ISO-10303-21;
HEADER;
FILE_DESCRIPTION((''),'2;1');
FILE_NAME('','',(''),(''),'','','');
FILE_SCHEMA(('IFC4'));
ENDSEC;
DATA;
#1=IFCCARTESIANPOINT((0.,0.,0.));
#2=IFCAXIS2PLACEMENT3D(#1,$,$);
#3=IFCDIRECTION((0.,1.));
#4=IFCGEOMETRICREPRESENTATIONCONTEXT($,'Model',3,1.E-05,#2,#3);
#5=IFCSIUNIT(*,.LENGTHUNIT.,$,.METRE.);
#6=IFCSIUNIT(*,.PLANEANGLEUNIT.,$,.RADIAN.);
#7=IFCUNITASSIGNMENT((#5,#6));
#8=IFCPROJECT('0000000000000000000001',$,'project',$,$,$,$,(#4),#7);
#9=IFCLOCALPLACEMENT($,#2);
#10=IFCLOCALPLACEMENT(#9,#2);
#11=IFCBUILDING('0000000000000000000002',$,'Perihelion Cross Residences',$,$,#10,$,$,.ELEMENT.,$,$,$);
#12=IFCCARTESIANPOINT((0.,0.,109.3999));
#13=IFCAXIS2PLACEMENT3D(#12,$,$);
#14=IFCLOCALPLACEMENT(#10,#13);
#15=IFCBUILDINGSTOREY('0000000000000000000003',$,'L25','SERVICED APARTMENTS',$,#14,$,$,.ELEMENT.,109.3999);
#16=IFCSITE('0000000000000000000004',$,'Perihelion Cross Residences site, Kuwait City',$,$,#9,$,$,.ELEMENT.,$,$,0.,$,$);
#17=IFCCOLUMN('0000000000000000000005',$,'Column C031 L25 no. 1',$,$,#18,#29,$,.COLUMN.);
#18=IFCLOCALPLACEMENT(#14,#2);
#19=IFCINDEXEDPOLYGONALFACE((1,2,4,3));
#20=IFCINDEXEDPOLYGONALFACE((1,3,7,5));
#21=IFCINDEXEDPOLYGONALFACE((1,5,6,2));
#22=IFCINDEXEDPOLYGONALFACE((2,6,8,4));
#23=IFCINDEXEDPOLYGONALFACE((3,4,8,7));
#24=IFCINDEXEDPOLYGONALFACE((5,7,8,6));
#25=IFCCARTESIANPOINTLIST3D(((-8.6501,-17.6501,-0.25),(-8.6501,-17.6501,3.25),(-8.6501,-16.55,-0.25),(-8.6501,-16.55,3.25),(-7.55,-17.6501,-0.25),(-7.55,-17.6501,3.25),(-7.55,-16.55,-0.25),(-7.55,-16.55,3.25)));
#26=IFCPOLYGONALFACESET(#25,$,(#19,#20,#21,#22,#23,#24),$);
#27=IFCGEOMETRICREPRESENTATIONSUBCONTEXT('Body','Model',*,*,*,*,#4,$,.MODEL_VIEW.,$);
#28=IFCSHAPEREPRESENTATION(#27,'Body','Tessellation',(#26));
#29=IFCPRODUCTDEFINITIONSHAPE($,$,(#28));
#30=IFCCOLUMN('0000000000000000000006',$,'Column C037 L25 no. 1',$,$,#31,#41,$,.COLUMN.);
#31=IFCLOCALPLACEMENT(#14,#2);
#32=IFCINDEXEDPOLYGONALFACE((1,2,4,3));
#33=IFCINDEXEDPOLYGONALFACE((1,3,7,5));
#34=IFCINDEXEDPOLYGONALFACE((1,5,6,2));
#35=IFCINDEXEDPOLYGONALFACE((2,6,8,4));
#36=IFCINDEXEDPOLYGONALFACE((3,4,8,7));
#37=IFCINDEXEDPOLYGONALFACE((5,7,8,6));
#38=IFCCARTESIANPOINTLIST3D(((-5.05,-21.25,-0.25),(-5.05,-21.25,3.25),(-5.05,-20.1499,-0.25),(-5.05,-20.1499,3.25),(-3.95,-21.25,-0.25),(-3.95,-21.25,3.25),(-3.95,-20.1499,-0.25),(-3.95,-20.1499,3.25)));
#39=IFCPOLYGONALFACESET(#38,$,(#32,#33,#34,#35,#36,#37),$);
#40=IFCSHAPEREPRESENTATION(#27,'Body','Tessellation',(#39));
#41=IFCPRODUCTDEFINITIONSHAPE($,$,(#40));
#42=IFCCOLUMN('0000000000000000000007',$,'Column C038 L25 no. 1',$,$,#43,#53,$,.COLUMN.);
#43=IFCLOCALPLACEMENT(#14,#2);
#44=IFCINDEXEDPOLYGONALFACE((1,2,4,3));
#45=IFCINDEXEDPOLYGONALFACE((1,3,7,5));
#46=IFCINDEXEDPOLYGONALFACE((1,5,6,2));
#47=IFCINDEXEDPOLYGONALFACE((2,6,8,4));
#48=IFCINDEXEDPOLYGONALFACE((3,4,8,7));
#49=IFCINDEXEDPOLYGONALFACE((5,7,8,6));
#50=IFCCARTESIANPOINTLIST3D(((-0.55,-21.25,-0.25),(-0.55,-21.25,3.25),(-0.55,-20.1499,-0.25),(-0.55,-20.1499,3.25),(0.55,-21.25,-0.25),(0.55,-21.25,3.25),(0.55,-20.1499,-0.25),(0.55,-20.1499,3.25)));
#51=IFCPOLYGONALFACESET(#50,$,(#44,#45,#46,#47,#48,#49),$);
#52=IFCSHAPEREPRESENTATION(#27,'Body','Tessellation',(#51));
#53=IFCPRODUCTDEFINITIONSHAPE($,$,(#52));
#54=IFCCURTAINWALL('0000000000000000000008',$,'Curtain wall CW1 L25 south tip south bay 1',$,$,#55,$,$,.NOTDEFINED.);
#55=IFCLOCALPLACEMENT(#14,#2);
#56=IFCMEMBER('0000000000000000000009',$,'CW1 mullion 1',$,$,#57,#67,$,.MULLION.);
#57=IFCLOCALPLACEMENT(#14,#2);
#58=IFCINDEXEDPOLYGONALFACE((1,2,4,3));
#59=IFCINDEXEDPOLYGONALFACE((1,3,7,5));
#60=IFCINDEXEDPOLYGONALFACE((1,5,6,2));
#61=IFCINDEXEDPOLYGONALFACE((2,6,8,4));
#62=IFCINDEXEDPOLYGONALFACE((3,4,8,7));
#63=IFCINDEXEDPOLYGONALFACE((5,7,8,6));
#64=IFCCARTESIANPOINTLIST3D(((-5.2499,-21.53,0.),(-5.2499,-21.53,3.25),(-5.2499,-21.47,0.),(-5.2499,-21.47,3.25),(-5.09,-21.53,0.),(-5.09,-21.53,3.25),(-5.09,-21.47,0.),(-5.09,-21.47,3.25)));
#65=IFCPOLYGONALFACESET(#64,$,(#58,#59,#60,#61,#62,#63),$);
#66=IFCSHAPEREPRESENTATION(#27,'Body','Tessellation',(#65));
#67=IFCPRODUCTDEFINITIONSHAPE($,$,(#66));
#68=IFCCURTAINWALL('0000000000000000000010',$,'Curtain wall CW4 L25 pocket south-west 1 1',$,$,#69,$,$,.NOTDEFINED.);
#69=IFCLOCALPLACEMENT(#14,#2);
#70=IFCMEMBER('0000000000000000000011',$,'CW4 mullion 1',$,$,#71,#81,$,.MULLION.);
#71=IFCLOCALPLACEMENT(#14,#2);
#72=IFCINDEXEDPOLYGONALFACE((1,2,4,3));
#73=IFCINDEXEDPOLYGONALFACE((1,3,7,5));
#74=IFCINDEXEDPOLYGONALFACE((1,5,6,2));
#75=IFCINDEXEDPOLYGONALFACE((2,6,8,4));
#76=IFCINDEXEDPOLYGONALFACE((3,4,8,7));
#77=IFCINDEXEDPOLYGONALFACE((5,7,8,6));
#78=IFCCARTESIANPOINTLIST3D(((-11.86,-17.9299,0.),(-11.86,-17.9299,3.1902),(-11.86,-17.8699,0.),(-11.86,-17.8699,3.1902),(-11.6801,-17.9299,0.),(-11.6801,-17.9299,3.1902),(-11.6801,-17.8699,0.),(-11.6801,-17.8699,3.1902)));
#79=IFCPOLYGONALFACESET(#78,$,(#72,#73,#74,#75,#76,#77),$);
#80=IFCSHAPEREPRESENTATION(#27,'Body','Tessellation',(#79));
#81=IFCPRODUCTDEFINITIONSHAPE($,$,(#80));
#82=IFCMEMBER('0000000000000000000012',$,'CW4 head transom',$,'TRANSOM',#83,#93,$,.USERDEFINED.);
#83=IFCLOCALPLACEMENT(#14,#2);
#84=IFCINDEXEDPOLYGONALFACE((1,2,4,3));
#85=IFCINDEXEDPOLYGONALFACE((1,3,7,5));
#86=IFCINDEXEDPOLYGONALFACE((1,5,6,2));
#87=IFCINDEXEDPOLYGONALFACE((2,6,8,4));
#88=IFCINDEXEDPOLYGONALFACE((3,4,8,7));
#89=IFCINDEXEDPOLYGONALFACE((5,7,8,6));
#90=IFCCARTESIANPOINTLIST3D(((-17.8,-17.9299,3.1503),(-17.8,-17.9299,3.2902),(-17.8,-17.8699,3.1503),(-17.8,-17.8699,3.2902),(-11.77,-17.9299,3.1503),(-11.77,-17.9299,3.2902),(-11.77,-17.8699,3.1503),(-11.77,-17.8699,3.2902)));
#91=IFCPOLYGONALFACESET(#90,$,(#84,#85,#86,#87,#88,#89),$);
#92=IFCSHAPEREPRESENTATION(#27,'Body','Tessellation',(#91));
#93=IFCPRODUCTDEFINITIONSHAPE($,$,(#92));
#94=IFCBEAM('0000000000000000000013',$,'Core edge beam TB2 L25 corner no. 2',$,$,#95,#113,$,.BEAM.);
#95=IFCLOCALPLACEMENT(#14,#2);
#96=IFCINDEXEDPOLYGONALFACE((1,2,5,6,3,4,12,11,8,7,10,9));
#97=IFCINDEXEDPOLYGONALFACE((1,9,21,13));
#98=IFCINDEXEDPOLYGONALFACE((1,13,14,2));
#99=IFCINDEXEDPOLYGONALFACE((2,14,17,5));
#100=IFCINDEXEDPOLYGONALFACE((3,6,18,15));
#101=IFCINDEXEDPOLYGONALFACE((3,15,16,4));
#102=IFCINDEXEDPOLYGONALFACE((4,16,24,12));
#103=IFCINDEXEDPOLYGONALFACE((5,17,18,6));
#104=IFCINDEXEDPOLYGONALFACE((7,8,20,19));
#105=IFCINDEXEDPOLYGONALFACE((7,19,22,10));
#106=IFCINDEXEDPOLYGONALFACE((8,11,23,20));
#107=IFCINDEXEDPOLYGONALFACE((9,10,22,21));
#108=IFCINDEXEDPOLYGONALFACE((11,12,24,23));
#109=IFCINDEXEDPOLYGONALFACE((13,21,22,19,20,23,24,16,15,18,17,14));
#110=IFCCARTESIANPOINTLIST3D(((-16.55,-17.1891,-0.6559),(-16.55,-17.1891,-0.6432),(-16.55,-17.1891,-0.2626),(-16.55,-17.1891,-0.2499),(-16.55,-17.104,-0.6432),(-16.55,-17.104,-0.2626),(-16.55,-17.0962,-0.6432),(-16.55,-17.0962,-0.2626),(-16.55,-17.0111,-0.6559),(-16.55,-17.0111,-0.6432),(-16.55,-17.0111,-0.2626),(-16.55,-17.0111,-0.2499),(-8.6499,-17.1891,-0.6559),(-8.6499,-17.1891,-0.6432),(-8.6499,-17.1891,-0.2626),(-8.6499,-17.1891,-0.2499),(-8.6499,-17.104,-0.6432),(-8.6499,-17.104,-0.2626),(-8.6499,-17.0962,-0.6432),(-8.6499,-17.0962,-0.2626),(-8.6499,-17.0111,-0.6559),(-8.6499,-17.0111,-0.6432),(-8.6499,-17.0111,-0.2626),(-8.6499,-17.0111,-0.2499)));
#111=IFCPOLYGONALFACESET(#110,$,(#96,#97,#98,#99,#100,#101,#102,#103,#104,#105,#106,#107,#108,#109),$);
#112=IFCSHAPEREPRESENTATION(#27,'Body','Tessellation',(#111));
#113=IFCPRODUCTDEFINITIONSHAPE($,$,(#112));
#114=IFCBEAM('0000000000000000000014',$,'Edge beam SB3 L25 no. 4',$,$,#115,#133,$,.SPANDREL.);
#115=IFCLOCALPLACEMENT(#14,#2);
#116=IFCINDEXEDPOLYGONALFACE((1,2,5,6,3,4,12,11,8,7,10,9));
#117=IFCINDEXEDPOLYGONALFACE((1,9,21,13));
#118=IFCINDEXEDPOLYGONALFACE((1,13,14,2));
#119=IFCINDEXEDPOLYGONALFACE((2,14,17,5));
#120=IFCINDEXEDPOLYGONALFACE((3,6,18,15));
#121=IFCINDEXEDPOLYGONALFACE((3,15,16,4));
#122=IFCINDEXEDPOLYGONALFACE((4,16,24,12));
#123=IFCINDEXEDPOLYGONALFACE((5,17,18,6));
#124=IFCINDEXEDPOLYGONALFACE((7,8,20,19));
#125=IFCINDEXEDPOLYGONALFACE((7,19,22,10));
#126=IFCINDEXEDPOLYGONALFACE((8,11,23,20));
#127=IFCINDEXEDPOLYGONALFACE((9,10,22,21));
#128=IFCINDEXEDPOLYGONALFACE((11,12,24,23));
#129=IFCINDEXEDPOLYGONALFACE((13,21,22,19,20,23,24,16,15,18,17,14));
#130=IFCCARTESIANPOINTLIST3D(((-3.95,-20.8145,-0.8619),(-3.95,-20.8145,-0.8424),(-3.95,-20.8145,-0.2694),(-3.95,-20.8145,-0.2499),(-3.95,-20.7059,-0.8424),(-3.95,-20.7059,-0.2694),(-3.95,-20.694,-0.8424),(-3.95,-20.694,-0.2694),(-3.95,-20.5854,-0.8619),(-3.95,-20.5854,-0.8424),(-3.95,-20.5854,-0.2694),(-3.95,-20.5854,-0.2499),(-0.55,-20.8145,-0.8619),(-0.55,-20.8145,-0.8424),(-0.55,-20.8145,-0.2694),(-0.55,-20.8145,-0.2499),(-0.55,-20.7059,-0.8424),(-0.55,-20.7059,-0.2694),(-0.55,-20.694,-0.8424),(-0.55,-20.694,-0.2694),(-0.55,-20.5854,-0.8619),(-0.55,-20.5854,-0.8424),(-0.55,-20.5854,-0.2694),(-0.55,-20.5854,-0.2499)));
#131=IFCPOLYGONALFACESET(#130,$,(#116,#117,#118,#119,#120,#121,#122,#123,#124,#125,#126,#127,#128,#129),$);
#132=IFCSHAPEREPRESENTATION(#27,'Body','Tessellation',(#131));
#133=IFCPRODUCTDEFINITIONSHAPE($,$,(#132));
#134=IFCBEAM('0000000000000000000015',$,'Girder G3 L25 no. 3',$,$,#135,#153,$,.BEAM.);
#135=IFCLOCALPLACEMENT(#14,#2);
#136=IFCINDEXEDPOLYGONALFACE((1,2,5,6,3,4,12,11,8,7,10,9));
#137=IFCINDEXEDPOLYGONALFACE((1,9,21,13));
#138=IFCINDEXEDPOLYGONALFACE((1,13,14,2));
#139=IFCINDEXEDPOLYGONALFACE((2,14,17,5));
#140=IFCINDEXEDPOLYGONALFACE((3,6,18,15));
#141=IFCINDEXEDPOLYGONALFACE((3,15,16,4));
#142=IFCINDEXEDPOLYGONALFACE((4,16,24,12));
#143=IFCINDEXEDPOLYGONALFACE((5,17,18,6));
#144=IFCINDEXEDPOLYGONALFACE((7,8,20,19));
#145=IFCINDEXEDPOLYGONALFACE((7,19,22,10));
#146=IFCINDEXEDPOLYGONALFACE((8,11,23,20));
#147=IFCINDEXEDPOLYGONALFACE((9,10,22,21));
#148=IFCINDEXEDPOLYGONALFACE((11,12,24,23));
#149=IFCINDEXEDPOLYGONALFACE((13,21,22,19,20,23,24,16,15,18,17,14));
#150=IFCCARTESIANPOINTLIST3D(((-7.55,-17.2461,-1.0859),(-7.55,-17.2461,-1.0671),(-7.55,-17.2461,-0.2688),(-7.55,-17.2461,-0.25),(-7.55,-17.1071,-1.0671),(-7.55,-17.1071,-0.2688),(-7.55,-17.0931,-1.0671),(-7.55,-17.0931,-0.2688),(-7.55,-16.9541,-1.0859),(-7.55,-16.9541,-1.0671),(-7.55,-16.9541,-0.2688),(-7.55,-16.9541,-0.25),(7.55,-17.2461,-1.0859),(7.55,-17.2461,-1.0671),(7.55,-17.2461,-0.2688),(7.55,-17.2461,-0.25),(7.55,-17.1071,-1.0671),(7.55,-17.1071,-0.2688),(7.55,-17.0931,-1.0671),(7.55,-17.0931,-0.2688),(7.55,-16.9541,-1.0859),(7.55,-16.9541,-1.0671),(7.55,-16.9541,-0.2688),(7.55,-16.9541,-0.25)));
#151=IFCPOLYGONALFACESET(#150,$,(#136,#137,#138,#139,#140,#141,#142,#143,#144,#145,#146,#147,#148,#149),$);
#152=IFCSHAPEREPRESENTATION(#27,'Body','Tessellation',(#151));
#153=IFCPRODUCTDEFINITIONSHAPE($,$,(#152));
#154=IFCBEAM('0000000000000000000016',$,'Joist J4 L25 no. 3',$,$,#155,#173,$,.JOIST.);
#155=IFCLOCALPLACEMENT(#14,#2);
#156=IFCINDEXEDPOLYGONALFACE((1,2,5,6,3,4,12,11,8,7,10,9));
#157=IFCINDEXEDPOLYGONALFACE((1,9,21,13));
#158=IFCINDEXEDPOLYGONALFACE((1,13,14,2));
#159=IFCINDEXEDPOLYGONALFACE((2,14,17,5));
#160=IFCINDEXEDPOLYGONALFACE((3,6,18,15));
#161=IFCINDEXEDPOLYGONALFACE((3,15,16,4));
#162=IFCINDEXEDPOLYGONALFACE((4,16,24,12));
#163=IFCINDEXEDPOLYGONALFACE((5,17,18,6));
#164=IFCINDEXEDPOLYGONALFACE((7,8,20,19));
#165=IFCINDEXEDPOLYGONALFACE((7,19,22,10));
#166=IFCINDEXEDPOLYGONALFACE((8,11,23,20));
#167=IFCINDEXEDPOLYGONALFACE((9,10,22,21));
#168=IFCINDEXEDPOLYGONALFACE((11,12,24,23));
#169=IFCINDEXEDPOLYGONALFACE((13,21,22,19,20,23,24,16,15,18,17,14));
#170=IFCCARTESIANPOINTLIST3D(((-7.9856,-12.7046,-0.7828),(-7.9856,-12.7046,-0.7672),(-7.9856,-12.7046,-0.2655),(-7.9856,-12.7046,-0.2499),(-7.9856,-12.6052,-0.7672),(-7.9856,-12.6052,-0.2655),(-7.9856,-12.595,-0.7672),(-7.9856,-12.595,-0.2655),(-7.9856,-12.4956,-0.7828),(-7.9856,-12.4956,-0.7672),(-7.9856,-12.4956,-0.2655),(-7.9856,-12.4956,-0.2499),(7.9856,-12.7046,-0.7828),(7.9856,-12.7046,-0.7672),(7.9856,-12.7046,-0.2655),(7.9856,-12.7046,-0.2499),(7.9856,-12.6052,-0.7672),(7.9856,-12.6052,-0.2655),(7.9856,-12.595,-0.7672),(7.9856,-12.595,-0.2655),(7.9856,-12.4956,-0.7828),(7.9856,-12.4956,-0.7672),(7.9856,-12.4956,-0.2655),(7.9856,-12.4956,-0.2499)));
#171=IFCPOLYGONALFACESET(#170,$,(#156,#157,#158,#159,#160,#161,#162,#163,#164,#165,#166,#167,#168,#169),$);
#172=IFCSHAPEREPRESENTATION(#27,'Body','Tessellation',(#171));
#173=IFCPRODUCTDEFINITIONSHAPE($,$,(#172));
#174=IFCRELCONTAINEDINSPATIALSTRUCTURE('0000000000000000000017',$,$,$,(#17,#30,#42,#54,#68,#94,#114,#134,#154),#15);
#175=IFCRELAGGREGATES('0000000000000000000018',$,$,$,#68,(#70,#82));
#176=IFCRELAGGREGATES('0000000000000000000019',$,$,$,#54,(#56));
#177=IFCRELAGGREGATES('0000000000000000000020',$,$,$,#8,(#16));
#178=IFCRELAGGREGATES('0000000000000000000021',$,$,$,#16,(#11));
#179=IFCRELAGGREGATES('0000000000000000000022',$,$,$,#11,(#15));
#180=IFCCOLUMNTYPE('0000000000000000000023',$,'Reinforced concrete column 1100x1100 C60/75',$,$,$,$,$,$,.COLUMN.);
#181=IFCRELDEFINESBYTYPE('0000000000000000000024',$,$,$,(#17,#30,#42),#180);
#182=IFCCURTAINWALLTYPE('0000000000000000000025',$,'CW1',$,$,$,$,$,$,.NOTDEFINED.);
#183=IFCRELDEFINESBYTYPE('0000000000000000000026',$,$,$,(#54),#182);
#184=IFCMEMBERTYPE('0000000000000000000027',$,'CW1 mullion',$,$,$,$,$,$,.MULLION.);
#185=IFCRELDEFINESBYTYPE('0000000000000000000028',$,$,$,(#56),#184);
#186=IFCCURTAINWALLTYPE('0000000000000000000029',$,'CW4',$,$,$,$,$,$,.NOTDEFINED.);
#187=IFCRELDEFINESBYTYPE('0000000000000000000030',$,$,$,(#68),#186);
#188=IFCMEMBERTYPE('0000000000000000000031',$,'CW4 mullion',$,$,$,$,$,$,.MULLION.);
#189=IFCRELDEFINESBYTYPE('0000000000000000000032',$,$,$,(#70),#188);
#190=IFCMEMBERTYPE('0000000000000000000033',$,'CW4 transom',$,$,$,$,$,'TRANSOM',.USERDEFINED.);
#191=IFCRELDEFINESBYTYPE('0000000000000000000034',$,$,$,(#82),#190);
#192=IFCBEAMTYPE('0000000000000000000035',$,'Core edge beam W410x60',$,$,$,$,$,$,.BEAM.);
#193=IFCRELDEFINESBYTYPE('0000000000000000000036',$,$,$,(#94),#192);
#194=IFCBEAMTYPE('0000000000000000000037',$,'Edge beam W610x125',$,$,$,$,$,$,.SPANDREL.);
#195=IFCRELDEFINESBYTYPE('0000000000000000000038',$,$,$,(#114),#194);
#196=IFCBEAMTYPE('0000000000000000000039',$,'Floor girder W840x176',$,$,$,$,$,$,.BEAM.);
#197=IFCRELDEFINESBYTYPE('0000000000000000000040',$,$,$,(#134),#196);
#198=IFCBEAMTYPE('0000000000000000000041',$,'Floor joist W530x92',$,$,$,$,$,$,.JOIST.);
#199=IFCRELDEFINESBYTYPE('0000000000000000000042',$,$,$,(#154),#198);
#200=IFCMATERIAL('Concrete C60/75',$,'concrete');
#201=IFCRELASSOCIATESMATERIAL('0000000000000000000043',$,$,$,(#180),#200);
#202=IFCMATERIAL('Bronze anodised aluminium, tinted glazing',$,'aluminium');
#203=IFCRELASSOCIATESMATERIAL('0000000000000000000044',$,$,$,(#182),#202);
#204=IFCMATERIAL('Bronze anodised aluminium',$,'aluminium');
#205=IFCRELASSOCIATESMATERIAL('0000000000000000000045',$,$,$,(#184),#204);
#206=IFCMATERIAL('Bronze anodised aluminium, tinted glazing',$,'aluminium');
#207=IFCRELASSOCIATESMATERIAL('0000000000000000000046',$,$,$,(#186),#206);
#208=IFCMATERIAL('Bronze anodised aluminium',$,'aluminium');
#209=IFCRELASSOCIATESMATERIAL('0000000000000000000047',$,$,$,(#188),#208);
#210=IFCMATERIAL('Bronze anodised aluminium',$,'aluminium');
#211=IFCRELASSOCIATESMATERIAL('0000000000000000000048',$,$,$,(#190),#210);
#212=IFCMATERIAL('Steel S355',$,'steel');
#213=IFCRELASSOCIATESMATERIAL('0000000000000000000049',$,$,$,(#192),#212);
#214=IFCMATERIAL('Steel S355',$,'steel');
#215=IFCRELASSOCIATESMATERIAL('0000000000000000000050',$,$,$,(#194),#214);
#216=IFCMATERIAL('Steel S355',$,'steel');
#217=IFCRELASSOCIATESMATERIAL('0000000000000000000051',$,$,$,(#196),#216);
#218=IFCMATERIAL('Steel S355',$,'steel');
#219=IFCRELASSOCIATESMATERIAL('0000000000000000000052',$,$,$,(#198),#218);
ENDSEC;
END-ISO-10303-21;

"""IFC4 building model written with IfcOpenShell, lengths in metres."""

from ifc_helpers import new_model, si_unit, direction, frame, origin, origin_2d, place, context, subcontext, project, spatial, rectangle, i_section, extrude, material, material_profile, profile_set, type_object, element, aggregate, save


model = new_model("IFC4")

# Units and contexts
model_context = context("Model", 3, precision=1e-05, world=origin(), true_north=direction((0.0, 1.0)))
body_context = subcontext(model_context, "Body", "Model", "MODEL_VIEW")
ifc_project = project(units=[si_unit("LENGTHUNIT", "METRE"), si_unit("PLANEANGLEUNIT", "RADIAN")], contexts=[model_context])

# Site, building, storey
site_placement = place(None, origin())
site = spatial("IfcSite", under=ifc_project, at=site_placement, Name="Perihelion Cross Residences site, Kuwait City", CompositionType="ELEMENT", RefElevation=0.0)
building_placement = place(site_placement, origin())
building = spatial("IfcBuilding", under=site, at=building_placement, Name="Perihelion Cross Residences", CompositionType="ELEMENT")
storey_placement = place(building_placement, frame((0.0, 0.0, 109.3999)))
storey = spatial("IfcBuildingStorey", under=building, at=storey_placement, Name="L25", Description="SERVICED APARTMENTS", CompositionType="ELEMENT", Elevation=109.3999)

# Columns
ifc_material_1 = material(Name="Concrete C60/75", Category="concrete")
ifc_material_profile_1 = material_profile(ifc_material_1, rectangle(XDim=1.1001, YDim=1.1001, at=origin_2d()), Name="RC 1100x1100")
ifc_profile_set_1 = profile_set([ifc_material_profile_1], Name="Concrete C60/75")
column_type = type_object("IfcColumnType", Name="Reinforced concrete column 1100x1100 C60/75", PredefinedType="COLUMN", material=ifc_profile_set_1)
for number, where, z_axis, x_axis, name in (
    (1, (-8.1001, -17.1001, -0.25), (0.0, 0.0, 1.0), (1.0, 0.0, 0.0), "Column C031 L25 no. 1"),
    (2, (-4.5, -20.7, -0.25), (0.0, 0.0, 1.0), (1.0, 0.0, 0.0), "Column C037 L25 no. 1"),
    (3, (0.0, -20.7, -0.25), (0.0, 0.0, 1.0), (1.0, 0.0, 0.0), "Column C038 L25 no. 1"),
):
    element("IfcColumn", number, at=place(storey_placement, frame(where, z_axis=z_axis, x_axis=x_axis)), inside=storey, type_object=column_type, Name=name, PredefinedType="COLUMN", context=body_context, shape_type="SweptSolid", body=[
        extrude(rectangle(XDim=1.1001, YDim=1.1001, at=origin_2d()), origin(), (0.0, 0.0, 1.0), 3.5),
    ])

# Curtain wall, member
ifc_material_2 = material(Name="Bronze anodised aluminium, tinted glazing", Category="aluminium")
curtain_wall_type_1 = type_object("IfcCurtainWallType", Name="CW1", PredefinedType="NOTDEFINED", material=ifc_material_2)
curtain_wall_1_placement = place(storey_placement, origin())
curtain_wall_1 = element("IfcCurtainWall", 4, at=curtain_wall_1_placement, inside=storey, type_object=curtain_wall_type_1, Name="Curtain wall CW1 L25 south tip south bay 1", PredefinedType="NOTDEFINED")
ifc_material_3 = material(Name="Bronze anodised aluminium", Category="aluminium")
ifc_material_profile_2 = material_profile(ifc_material_3, rectangle(XDim=0.0601, YDim=0.1599, at=origin_2d()), Name="CW1 mullion")
ifc_profile_set_2 = profile_set([ifc_material_profile_2], Name="Bronze anodised aluminium")
member_type_1 = type_object("IfcMemberType", Name="CW1 mullion", PredefinedType="MULLION", material=ifc_profile_set_2)
member_1_placement = place(storey_placement, frame((-5.1699, -21.5, 0.0), z_axis=(0.0, 0.0, 1.0), x_axis=(0.0, 1.0, 0.0)))
member_1 = element("IfcMember", 5, at=member_1_placement, type_object=member_type_1, Name="CW1 mullion 1", PredefinedType="MULLION", context=body_context, shape_type="SweptSolid", body=[
    extrude(rectangle(XDim=0.0601, YDim=0.1599, at=origin_2d()), origin(), (0.0, 0.0, 1.0), 3.25),
])

# Curtain wall, members
ifc_material_4 = material(Name="Bronze anodised aluminium, tinted glazing", Category="aluminium")
curtain_wall_type_2 = type_object("IfcCurtainWallType", Name="CW4", PredefinedType="NOTDEFINED", material=ifc_material_4)
curtain_wall_2_placement = place(storey_placement, origin())
curtain_wall_2 = element("IfcCurtainWall", 6, at=curtain_wall_2_placement, inside=storey, type_object=curtain_wall_type_2, Name="Curtain wall CW4 L25 pocket south-west 1 1", PredefinedType="NOTDEFINED")
ifc_material_5 = material(Name="Bronze anodised aluminium", Category="aluminium")
ifc_material_profile_3 = material_profile(ifc_material_5, rectangle(XDim=0.0601, YDim=0.1799, at=origin_2d()), Name="CW4 mullion")
ifc_profile_set_3 = profile_set([ifc_material_profile_3], Name="Bronze anodised aluminium")
member_type_2 = type_object("IfcMemberType", Name="CW4 mullion", PredefinedType="MULLION", material=ifc_profile_set_3)
member_2_placement = place(storey_placement, frame((-11.77, -17.8999, 0.0), z_axis=(0.0, 0.0, 1.0), x_axis=(0.0, -1.0, 0.0)))
member_2 = element("IfcMember", 7, at=member_2_placement, type_object=member_type_2, Name="CW4 mullion 1", PredefinedType="MULLION", context=body_context, shape_type="SweptSolid", body=[
    extrude(rectangle(XDim=0.0601, YDim=0.1799, at=origin_2d()), origin(), (0.0, 0.0, 1.0), 3.1902),
])
ifc_material_6 = material(Name="Bronze anodised aluminium", Category="aluminium")
ifc_material_profile_4 = material_profile(ifc_material_6, rectangle(XDim=0.0601, YDim=0.1399, at=origin_2d()), Name="CW4 transom")
ifc_profile_set_4 = profile_set([ifc_material_profile_4], Name="Bronze anodised aluminium")
member_type_3 = type_object("IfcMemberType", Name="CW4 transom", ElementType="TRANSOM", PredefinedType="USERDEFINED", material=ifc_profile_set_4)
member_3_placement = place(storey_placement, frame((-11.77, -17.8999, 3.2202), z_axis=(-1.0, 0.0, 0.0), x_axis=(0.0, -1.0, 0.0)))
member_3 = element("IfcMember", 8, at=member_3_placement, type_object=member_type_3, Name="CW4 head transom", ObjectType="TRANSOM", PredefinedType="USERDEFINED", context=body_context, shape_type="SweptSolid", body=[
    extrude(rectangle(XDim=0.0601, YDim=0.1399, at=origin_2d()), origin(), (0.0, 0.0, 1.0), 6.03),
])
aggregate(curtain_wall_2, [member_2, member_3])

# Beams
ifc_material_7 = material(Name="Steel S355", Category="steel")
ifc_material_profile_5 = material_profile(ifc_material_7, i_section(OverallWidth=0.178, OverallDepth=0.406, WebThickness=0.0078, FlangeThickness=0.0127, at=origin_2d()), Name="W410x60")
ifc_profile_set_5 = profile_set([ifc_material_profile_5], Name="Steel S355")
beam_type_1 = type_object("IfcBeamType", Name="Core edge beam W410x60", PredefinedType="BEAM", material=ifc_profile_set_5)
beam_1_placement = place(storey_placement, frame((-8.6499, -17.1001, -0.4529), z_axis=(-1.0, 0.0, 0.0), x_axis=(0.0, -1.0, 0.0)))
element("IfcBeam", 9, at=beam_1_placement, inside=storey, type_object=beam_type_1, Name="Core edge beam TB2 L25 corner no. 2", PredefinedType="BEAM", context=body_context, shape_type="SweptSolid", body=[
    extrude(i_section(OverallWidth=0.178, OverallDepth=0.406, WebThickness=0.0078, FlangeThickness=0.0127, at=origin_2d()), origin(), (0.0, 0.0, 1.0), 7.9001),
])
ifc_material_8 = material(Name="Steel S355", Category="steel")
ifc_material_profile_6 = material_profile(ifc_material_8, i_section(OverallWidth=0.229, OverallDepth=0.6121, WebThickness=0.012, FlangeThickness=0.0195, at=origin_2d()), Name="W610x125")
ifc_profile_set_6 = profile_set([ifc_material_profile_6], Name="Steel S355")
beam_type_2 = type_object("IfcBeamType", Name="Edge beam W610x125", PredefinedType="SPANDREL", material=ifc_profile_set_6)
beam_2_placement = place(storey_placement, frame((-3.95, -20.7, -0.5559), z_axis=(1.0, 0.0, 0.0), x_axis=(0.0, 1.0, 0.0)))
element("IfcBeam", 10, at=beam_2_placement, inside=storey, type_object=beam_type_2, Name="Edge beam SB3 L25 no. 4", PredefinedType="SPANDREL", context=body_context, shape_type="SweptSolid", body=[
    extrude(i_section(OverallWidth=0.229, OverallDepth=0.6121, WebThickness=0.012, FlangeThickness=0.0195, at=origin_2d()), origin(), (0.0, 0.0, 1.0), 3.3999),
])
ifc_material_9 = material(Name="Steel S355", Category="steel")
ifc_material_profile_7 = material_profile(ifc_material_9, i_section(OverallWidth=0.292, OverallDepth=0.8359, WebThickness=0.0139, FlangeThickness=0.0188, at=origin_2d()), Name="W840x176")
ifc_profile_set_7 = profile_set([ifc_material_profile_7], Name="Steel S355")
beam_type_3 = type_object("IfcBeamType", Name="Floor girder W840x176", PredefinedType="BEAM", material=ifc_profile_set_7)
beam_3_placement = place(storey_placement, frame((-7.55, -17.1001, -0.668), z_axis=(1.0, 0.0, 0.0), x_axis=(0.0, 1.0, 0.0)))
element("IfcBeam", 11, at=beam_3_placement, inside=storey, type_object=beam_type_3, Name="Girder G3 L25 no. 3", PredefinedType="BEAM", context=body_context, shape_type="SweptSolid", body=[
    extrude(i_section(OverallWidth=0.292, OverallDepth=0.8359, WebThickness=0.0139, FlangeThickness=0.0188, at=origin_2d()), origin(), (0.0, 0.0, 1.0), 15.1001),
])
ifc_material_10 = material(Name="Steel S355", Category="steel")
ifc_material_profile_8 = material_profile(ifc_material_10, i_section(OverallWidth=0.209, OverallDepth=0.533, WebThickness=0.0103, FlangeThickness=0.0156, at=origin_2d()), Name="W530x92")
ifc_profile_set_8 = profile_set([ifc_material_profile_8], Name="Steel S355")
beam_type_4 = type_object("IfcBeamType", Name="Floor joist W530x92", PredefinedType="JOIST", material=ifc_profile_set_8)
beam_4_placement = place(storey_placement, frame((-7.9856, -12.6001, -0.5164), z_axis=(1.0, 0.0, 0.0), x_axis=(0.0, 1.0, 0.0)))
element("IfcBeam", 12, at=beam_4_placement, inside=storey, type_object=beam_type_4, Name="Joist J4 L25 no. 3", PredefinedType="JOIST", context=body_context, shape_type="SweptSolid", body=[
    extrude(i_section(OverallWidth=0.209, OverallDepth=0.533, WebThickness=0.0103, FlangeThickness=0.0156, at=origin_2d()), origin(), (0.0, 0.0, 1.0), 15.9712),
])

aggregate(curtain_wall_1, [member_1])

save(model, "model.ifc")
